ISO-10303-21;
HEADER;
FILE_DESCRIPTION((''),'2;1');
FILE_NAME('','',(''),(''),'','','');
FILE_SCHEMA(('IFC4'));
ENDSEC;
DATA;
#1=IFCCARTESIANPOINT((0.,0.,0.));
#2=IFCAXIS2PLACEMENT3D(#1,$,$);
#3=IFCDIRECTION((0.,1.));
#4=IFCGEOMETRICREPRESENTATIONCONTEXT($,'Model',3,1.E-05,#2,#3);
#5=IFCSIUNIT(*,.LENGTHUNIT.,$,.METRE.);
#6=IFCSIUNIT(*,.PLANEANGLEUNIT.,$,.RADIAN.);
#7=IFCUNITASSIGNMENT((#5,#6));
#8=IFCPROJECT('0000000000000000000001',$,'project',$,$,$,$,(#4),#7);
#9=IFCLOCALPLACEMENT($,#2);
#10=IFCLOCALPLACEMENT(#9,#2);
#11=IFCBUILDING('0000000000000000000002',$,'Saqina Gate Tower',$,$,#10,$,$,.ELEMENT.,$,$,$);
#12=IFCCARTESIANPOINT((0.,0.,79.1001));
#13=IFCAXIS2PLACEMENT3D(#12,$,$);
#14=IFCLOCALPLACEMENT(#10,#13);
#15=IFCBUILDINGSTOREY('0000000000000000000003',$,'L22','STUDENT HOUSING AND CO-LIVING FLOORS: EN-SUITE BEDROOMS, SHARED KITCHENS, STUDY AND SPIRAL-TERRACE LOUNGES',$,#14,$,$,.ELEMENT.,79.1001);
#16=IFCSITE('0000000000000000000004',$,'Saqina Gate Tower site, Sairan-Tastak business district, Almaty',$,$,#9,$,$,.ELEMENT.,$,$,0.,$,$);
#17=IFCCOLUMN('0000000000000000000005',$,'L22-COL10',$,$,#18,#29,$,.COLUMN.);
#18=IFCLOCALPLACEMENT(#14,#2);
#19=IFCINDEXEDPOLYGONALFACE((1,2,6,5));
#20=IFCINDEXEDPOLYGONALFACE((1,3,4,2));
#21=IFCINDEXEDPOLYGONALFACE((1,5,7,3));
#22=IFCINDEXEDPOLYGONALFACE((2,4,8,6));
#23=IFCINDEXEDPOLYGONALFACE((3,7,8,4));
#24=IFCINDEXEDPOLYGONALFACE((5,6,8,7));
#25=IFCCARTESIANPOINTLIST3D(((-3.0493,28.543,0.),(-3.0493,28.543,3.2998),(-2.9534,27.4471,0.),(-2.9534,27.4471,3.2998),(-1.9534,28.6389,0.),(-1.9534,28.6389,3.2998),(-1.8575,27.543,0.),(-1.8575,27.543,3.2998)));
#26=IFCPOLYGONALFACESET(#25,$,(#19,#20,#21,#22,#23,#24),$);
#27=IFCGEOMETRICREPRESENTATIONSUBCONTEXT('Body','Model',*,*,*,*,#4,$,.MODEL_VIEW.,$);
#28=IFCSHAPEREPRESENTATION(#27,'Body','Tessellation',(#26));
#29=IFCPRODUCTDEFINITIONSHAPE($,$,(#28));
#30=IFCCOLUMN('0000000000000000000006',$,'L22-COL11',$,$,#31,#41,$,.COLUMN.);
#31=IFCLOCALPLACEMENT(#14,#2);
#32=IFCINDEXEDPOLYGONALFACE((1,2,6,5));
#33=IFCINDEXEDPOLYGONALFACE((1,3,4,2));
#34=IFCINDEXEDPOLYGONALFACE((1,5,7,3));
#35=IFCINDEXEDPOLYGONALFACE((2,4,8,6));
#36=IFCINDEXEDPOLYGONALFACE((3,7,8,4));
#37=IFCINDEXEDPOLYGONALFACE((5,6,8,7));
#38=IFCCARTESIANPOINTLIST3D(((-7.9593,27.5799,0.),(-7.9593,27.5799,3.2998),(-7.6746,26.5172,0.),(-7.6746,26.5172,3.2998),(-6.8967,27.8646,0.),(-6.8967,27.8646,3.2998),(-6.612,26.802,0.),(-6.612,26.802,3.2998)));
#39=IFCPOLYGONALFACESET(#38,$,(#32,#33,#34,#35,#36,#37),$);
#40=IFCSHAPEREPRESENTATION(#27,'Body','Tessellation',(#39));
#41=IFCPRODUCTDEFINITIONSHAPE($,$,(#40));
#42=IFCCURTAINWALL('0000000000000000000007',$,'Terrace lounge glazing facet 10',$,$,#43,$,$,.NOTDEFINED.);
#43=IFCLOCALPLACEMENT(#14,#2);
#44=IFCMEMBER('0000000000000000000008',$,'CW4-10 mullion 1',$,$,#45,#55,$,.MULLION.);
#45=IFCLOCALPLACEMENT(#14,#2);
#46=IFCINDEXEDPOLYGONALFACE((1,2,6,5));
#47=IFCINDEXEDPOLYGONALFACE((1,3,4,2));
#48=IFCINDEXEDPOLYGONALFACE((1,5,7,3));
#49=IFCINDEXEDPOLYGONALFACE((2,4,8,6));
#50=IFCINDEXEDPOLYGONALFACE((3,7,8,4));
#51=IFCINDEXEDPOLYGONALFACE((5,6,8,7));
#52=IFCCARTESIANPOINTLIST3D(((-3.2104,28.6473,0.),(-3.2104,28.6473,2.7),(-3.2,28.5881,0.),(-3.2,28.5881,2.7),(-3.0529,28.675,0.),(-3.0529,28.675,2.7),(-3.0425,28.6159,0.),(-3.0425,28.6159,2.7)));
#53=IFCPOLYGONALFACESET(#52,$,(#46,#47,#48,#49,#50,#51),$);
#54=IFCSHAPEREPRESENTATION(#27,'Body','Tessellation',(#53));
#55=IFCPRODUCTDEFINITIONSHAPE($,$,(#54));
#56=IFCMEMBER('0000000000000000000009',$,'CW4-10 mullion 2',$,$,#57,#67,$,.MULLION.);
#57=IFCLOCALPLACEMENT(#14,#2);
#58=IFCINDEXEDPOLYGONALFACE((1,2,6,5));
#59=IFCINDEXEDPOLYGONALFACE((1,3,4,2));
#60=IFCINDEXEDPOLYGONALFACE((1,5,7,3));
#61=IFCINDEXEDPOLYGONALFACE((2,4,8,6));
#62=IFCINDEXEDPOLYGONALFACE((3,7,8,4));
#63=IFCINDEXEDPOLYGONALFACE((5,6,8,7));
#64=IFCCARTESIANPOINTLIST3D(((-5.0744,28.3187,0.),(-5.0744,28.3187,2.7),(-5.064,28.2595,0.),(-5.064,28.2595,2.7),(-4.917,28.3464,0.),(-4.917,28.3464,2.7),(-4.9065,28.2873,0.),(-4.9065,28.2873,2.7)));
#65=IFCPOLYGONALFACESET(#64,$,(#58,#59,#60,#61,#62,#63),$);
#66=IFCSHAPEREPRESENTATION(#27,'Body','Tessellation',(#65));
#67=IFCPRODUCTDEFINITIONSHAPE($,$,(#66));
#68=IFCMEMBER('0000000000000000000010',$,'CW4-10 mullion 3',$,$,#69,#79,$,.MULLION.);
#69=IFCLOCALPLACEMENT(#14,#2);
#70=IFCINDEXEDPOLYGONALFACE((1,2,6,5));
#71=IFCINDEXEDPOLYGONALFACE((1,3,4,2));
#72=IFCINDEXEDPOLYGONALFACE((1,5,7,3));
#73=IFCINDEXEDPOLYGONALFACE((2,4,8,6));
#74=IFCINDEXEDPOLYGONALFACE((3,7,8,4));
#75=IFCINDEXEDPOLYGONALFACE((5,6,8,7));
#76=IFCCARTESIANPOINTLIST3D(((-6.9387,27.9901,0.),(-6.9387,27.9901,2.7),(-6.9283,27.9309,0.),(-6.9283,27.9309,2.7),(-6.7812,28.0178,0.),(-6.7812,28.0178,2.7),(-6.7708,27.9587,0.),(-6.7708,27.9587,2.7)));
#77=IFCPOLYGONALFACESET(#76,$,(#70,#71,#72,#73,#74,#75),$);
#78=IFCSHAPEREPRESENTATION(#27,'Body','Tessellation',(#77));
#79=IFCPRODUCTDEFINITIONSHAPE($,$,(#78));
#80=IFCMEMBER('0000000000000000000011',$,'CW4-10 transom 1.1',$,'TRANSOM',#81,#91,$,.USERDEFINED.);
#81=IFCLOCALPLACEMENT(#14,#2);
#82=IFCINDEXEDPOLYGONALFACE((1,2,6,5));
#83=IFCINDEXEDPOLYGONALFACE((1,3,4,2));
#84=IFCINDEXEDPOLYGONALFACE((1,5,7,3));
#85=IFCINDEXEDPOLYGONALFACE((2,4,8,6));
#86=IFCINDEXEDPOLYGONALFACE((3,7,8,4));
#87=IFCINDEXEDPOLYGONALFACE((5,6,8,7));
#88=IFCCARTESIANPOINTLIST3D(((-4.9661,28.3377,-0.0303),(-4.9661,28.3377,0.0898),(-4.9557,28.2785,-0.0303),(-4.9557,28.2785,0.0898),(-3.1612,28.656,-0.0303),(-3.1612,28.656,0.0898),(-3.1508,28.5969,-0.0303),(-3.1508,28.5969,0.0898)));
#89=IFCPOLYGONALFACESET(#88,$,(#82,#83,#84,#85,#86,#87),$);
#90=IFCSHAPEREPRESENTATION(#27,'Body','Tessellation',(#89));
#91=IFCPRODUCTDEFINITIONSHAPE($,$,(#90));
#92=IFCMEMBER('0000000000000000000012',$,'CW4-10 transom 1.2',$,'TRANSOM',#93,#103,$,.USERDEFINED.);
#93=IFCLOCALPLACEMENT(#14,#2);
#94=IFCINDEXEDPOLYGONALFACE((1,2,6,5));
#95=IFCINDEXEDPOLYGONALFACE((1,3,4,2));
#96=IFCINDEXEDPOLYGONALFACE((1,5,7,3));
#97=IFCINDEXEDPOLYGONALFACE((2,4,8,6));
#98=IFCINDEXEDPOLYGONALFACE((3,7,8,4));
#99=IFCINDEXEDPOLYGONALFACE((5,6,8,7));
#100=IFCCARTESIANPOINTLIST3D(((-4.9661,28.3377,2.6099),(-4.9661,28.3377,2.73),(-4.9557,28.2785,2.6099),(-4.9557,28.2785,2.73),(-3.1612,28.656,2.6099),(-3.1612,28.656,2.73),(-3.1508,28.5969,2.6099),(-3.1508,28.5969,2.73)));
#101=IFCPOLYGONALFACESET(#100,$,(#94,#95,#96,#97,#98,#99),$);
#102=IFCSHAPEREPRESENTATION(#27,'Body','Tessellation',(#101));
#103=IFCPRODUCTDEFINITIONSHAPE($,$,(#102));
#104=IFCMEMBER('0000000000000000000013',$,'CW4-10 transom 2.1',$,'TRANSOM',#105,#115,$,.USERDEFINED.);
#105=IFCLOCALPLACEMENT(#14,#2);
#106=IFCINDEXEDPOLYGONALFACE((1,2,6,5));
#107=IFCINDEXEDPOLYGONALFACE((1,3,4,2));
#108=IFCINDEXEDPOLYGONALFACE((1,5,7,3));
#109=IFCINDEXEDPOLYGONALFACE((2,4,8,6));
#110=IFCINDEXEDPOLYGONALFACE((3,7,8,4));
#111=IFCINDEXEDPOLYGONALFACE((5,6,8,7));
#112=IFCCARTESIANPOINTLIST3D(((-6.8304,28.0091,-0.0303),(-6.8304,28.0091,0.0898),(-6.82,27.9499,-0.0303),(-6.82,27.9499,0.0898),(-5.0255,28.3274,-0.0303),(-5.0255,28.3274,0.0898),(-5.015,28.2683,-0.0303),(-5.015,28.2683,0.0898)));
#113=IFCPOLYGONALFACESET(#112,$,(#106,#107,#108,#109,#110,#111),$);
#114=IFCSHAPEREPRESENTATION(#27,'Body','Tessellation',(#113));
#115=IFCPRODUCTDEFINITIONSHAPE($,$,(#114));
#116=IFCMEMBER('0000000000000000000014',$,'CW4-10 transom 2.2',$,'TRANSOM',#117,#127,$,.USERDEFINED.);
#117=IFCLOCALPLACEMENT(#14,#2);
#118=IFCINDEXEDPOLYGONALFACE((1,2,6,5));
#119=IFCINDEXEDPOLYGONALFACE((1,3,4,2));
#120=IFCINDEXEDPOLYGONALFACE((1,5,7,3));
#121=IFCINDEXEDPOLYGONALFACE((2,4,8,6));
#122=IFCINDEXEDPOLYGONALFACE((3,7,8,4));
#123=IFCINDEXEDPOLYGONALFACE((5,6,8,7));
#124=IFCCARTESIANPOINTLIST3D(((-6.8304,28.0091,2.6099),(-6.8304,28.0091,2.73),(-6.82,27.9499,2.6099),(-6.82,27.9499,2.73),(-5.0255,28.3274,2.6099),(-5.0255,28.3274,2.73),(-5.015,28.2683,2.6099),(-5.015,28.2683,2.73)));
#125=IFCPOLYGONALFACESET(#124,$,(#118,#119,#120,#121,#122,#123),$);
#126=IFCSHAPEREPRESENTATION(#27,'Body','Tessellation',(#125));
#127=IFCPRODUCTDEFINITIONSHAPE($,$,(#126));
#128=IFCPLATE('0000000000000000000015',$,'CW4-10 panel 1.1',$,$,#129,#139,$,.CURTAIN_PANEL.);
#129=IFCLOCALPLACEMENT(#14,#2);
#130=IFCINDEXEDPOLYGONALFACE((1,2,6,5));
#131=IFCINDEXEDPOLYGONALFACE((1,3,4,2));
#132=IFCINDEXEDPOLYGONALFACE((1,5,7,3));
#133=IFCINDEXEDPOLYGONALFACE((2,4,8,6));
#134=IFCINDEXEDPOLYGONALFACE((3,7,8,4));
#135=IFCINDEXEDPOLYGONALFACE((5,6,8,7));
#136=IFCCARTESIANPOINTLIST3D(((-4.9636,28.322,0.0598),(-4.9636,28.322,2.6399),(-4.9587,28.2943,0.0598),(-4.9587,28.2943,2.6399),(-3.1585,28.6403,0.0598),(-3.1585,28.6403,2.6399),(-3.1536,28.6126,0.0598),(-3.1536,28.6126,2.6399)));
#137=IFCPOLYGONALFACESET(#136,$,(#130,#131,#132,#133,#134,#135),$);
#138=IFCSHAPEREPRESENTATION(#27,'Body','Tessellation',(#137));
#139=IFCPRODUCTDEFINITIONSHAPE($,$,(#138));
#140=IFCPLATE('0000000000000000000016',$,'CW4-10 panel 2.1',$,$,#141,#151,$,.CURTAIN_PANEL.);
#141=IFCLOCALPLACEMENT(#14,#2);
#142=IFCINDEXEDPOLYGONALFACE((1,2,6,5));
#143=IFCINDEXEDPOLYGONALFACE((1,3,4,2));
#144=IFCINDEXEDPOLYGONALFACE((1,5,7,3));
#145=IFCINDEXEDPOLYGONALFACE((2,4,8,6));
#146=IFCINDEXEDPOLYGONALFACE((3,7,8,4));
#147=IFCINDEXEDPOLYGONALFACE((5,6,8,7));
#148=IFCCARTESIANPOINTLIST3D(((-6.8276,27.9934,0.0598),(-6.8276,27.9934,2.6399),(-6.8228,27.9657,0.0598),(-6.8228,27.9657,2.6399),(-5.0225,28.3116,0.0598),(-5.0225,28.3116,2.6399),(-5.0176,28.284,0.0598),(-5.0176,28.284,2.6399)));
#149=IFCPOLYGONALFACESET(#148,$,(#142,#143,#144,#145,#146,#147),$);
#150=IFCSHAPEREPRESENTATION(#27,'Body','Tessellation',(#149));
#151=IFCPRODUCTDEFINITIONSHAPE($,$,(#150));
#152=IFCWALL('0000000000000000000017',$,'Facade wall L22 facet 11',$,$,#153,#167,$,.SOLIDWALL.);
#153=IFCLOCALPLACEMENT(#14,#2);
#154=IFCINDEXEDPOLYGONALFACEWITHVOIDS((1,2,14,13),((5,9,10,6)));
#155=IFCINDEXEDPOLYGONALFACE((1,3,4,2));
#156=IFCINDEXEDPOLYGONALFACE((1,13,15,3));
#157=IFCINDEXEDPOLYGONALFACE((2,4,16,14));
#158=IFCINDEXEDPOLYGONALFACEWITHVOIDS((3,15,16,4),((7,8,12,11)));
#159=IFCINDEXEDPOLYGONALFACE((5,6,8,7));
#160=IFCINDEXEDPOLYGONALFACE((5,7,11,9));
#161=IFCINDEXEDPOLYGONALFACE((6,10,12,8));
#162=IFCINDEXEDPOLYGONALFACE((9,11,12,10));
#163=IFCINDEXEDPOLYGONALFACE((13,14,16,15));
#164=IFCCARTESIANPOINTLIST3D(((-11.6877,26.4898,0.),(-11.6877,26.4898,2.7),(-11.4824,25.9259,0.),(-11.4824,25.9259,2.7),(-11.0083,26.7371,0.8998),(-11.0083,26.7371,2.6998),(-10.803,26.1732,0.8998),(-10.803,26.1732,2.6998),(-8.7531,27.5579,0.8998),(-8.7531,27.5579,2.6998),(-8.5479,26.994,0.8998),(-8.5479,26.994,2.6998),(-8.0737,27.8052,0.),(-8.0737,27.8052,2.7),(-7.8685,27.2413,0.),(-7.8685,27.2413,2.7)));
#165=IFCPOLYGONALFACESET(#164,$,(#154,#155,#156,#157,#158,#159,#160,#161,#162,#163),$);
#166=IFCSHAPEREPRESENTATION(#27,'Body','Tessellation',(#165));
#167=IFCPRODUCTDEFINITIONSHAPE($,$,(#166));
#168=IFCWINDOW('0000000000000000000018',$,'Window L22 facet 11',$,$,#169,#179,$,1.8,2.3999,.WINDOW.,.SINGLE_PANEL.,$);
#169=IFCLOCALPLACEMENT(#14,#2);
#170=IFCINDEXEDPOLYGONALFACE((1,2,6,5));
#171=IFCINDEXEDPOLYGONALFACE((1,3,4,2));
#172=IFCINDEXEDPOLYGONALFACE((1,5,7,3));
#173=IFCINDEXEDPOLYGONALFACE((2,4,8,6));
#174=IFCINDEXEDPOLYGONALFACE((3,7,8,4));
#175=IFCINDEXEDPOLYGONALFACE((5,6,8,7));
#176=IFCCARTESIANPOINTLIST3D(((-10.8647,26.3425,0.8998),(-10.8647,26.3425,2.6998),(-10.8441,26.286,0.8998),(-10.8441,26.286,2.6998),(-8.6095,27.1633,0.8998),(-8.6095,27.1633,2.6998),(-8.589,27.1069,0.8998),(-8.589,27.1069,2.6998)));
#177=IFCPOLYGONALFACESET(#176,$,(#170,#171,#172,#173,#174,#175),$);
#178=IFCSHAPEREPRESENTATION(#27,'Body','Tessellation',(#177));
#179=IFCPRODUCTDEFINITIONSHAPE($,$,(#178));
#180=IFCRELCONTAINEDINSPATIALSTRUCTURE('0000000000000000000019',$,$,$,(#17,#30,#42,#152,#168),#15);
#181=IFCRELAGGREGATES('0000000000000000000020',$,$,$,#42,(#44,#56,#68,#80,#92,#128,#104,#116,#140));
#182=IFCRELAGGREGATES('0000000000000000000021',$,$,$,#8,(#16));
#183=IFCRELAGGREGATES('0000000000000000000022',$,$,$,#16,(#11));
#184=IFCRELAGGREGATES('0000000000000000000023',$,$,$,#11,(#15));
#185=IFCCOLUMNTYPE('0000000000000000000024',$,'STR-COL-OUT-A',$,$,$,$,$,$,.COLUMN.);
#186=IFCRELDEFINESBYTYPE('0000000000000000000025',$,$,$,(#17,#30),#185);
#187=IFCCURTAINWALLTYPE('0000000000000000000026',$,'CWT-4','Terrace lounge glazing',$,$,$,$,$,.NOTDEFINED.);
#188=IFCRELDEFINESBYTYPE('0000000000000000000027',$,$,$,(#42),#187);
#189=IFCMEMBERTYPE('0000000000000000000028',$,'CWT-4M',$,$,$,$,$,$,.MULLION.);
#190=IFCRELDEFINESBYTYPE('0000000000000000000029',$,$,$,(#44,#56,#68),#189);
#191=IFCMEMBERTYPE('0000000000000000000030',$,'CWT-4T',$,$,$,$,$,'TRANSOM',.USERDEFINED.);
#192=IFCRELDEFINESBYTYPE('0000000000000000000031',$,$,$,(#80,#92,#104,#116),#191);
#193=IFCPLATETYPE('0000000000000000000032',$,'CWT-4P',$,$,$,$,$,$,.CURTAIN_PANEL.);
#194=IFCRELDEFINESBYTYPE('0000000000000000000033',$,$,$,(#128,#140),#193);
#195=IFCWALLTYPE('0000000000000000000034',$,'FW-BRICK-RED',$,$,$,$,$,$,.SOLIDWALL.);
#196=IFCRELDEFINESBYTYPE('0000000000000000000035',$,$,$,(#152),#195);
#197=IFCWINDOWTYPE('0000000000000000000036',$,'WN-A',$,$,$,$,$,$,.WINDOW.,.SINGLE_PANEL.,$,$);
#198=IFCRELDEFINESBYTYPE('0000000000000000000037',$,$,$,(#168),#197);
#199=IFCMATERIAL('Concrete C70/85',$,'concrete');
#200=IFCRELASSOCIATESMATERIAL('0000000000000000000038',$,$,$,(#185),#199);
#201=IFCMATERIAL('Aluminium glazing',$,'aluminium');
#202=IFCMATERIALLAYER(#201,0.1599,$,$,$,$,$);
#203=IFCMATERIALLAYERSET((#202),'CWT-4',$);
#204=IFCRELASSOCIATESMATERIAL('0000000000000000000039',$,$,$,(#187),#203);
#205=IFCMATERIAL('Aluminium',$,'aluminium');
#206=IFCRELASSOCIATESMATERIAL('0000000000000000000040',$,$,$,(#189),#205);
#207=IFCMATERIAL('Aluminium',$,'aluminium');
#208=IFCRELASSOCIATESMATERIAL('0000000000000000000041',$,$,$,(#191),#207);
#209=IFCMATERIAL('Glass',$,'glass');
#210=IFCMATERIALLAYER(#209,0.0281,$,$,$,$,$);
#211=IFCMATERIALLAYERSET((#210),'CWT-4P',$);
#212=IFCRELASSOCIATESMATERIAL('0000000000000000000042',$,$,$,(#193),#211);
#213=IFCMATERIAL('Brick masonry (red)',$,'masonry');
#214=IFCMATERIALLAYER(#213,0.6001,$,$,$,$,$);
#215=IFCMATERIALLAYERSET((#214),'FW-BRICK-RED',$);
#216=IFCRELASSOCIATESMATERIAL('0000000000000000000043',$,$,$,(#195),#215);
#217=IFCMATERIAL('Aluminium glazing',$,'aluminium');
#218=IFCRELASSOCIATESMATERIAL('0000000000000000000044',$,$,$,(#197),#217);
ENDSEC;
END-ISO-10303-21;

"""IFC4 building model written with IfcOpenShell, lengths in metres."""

from ifc_helpers import new_model, si_unit, direction, frame, frame_2d, origin, origin_2d, place, context, subcontext, project, spatial, rectangle, extrude, material, layer, layer_set, material_profile, profile_set, type_object, element, fill, aggregate, save


model = new_model("IFC4")

# Units and contexts
model_context = context("Model", 3, precision=1e-05, world=origin(), true_north=direction((0.0, 1.0)))
body_context = subcontext(model_context, "Body", "Model", "MODEL_VIEW")
ifc_project = project(units=[si_unit("LENGTHUNIT", "METRE"), si_unit("PLANEANGLEUNIT", "RADIAN")], contexts=[model_context])

# Site, building, storey
site_placement = place(None, origin())
site = spatial("IfcSite", under=ifc_project, at=site_placement, Name="Saqina Gate Tower site, Sairan-Tastak business district, Almaty", CompositionType="ELEMENT", RefElevation=0.0)
building_placement = place(site_placement, origin())
building = spatial("IfcBuilding", under=site, at=building_placement, Name="Saqina Gate Tower", CompositionType="ELEMENT")
storey_placement = place(building_placement, frame((0.0, 0.0, 79.1001)))
storey = spatial("IfcBuildingStorey", under=building, at=storey_placement, Name="L22", Description="STUDENT HOUSING AND CO-LIVING FLOORS: EN-SUITE BEDROOMS, SHARED KITCHENS, STUDY AND SPIRAL-TERRACE LOUNGES", CompositionType="ELEMENT", Elevation=79.1001)

# Columns
ifc_material_1 = material(Name="Concrete C70/85", Category="concrete")
ifc_material_profile_1 = material_profile(ifc_material_1, rectangle(XDim=1.1001, YDim=1.1001, at=origin_2d()), Name="RC 1100x1100")
ifc_profile_set_1 = profile_set([ifc_material_profile_1], Name="Concrete C70/85")
column_type = type_object("IfcColumnType", Name="STR-COL-OUT-A", PredefinedType="COLUMN", material=ifc_profile_set_1)
for number, where, z_axis, x_axis, name in (
    (1, (-2.4534, 28.043, 0.0), (0.0, 0.0, 1.0), (-0.087156, 0.996195, 0.0), "L22-COL10"),
    (2, (-7.2856, 27.1909, 0.0), (0.0, 0.0, 1.0), (-0.258819, 0.965926, 0.0), "L22-COL11"),
):
    element("IfcColumn", number, at=place(storey_placement, frame(where, z_axis=z_axis, x_axis=x_axis)), inside=storey, type_object=column_type, Name=name, PredefinedType="COLUMN", context=body_context, shape_type="SweptSolid", body=[
        extrude(rectangle(XDim=1.1001, YDim=1.1001, at=origin_2d()), origin(), (0.0, 0.0, 1.0), 3.2998),
    ])

# Curtain wall, members, plates
ifc_material_2 = material(Name="Aluminium glazing", Category="aluminium")
ifc_layer_1 = layer(ifc_material_2, 0.1599)
ifc_layer_set_1 = layer_set([ifc_layer_1], Name="CWT-4")
curtain_wall_type = type_object("IfcCurtainWallType", Name="CWT-4", Description="Terrace lounge glazing", PredefinedType="NOTDEFINED", material=ifc_layer_set_1)
curtain_wall_placement = place(storey_placement, origin())
curtain_wall = element("IfcCurtainWall", 3, at=curtain_wall_placement, inside=storey, type_object=curtain_wall_type, Name="Terrace lounge glazing facet 10", PredefinedType="NOTDEFINED")
ifc_material_3 = material(Name="Aluminium", Category="aluminium")
ifc_material_profile_2 = material_profile(ifc_material_3, rectangle(XDim=0.0601, YDim=0.1599, at=origin_2d()), Name="Aluminium 60x160")
ifc_profile_set_2 = profile_set([ifc_material_profile_2], Name="Aluminium")
member_type_1 = type_object("IfcMemberType", Name="CWT-4M", PredefinedType="MULLION", material=ifc_profile_set_2)
member_1_placement = place(storey_placement, frame((-3.1265, 28.6316, 0.0), z_axis=(0.0, 0.0, 1.0), x_axis=(0.173643, -0.984809, 0.0)))
member_1 = element("IfcMember", 4, at=member_1_placement, type_object=member_type_1, Name="CW4-10 mullion 1", PredefinedType="MULLION", context=body_context, shape_type="SweptSolid", body=[
    extrude(rectangle(XDim=0.0601, YDim=0.1599, at=origin_2d()), origin(), (0.0, 0.0, 1.0), 2.7),
])
member_2_placement = place(storey_placement, frame((-4.9905, 28.303, 0.0), z_axis=(0.0, 0.0, 1.0), x_axis=(0.173643, -0.984809, 0.0)))
member_2 = element("IfcMember", 5, at=member_2_placement, type_object=member_type_1, Name="CW4-10 mullion 2", PredefinedType="MULLION", context=body_context, shape_type="SweptSolid", body=[
    extrude(rectangle(XDim=0.0601, YDim=0.1599, at=origin_2d()), origin(), (0.0, 0.0, 1.0), 2.7),
])
member_3_placement = place(storey_placement, frame((-6.8547, 27.9744, 0.0), z_axis=(0.0, 0.0, 1.0), x_axis=(0.173643, -0.984809, 0.0)))
member_3 = element("IfcMember", 6, at=member_3_placement, type_object=member_type_1, Name="CW4-10 mullion 3", PredefinedType="MULLION", context=body_context, shape_type="SweptSolid", body=[
    extrude(rectangle(XDim=0.0601, YDim=0.1599, at=origin_2d()), origin(), (0.0, 0.0, 1.0), 2.7),
])
ifc_material_4 = material(Name="Aluminium", Category="aluminium")
ifc_material_profile_3 = material_profile(ifc_material_4, rectangle(XDim=0.0601, YDim=0.1201, at=origin_2d()), Name="Aluminium 60x120")
ifc_profile_set_3 = profile_set([ifc_material_profile_3], Name="Aluminium")
member_type_2 = type_object("IfcMemberType", Name="CWT-4T", ElementType="TRANSOM", PredefinedType="USERDEFINED", material=ifc_profile_set_3)
member_4_placement = place(storey_placement, frame((-3.156, 28.6265, 0.0298), z_axis=(-0.984798, -0.173702, 0.0), x_axis=(0.173702, -0.984798, 0.0)))
member_4 = element("IfcMember", 7, at=member_4_placement, type_object=member_type_2, Name="CW4-10 transom 1.1", ObjectType="TRANSOM", PredefinedType="USERDEFINED", context=body_context, shape_type="SweptSolid", body=[
    extrude(rectangle(XDim=0.0601, YDim=0.1201, at=origin_2d()), origin(), (0.0, 0.0, 1.0), 1.8328),
])
member_5_placement = place(storey_placement, frame((-3.156, 28.6265, 2.6699), z_axis=(-0.984798, -0.173702, 0.0), x_axis=(0.173702, -0.984798, 0.0)))
member_5 = element("IfcMember", 8, at=member_5_placement, type_object=member_type_2, Name="CW4-10 transom 1.2", ObjectType="TRANSOM", PredefinedType="USERDEFINED", context=body_context, shape_type="SweptSolid", body=[
    extrude(rectangle(XDim=0.0601, YDim=0.1201, at=origin_2d()), origin(), (0.0, 0.0, 1.0), 1.8328),
])
member_6_placement = place(storey_placement, frame((-5.0203, 28.2979, 0.0298), z_axis=(-0.984798, -0.173702, 0.0), x_axis=(0.173702, -0.984798, 0.0)))
member_6 = element("IfcMember", 9, at=member_6_placement, type_object=member_type_2, Name="CW4-10 transom 2.1", ObjectType="TRANSOM", PredefinedType="USERDEFINED", context=body_context, shape_type="SweptSolid", body=[
    extrude(rectangle(XDim=0.0601, YDim=0.1201, at=origin_2d()), origin(), (0.0, 0.0, 1.0), 1.8328),
])
member_7_placement = place(storey_placement, frame((-5.0203, 28.2979, 2.6699), z_axis=(-0.984798, -0.173702, 0.0), x_axis=(0.173702, -0.984798, 0.0)))
member_7 = element("IfcMember", 10, at=member_7_placement, type_object=member_type_2, Name="CW4-10 transom 2.2", ObjectType="TRANSOM", PredefinedType="USERDEFINED", context=body_context, shape_type="SweptSolid", body=[
    extrude(rectangle(XDim=0.0601, YDim=0.1201, at=origin_2d()), origin(), (0.0, 0.0, 1.0), 1.8328),
])
ifc_material_5 = material(Name="Glass", Category="glass")
ifc_layer_2 = layer(ifc_material_5, 0.0281)
ifc_layer_set_2 = layer_set([ifc_layer_2], Name="CWT-4P")
plate_type = type_object("IfcPlateType", Name="CWT-4P", PredefinedType="CURTAIN_PANEL", material=ifc_layer_set_2)
plate_1_placement = place(storey_placement, frame((-4.0586, 28.4673, 0.0598), z_axis=(0.0, 0.0, 1.0), x_axis=(-0.984809, -0.173643, 0.0)))
plate_1 = element("IfcPlate", 11, at=plate_1_placement, type_object=plate_type, Name="CW4-10 panel 1.1", PredefinedType="CURTAIN_PANEL", context=body_context, shape_type="SweptSolid", body=[
    extrude(rectangle(XDim=1.833, YDim=0.0281, at=origin_2d()), origin(), (0.0, 0.0, 1.0), 2.5801),
])
plate_2_placement = place(storey_placement, frame((-5.9226, 28.1387, 0.0598), z_axis=(0.0, 0.0, 1.0), x_axis=(-0.984809, -0.173643, 0.0)))
plate_2 = element("IfcPlate", 12, at=plate_2_placement, type_object=plate_type, Name="CW4-10 panel 2.1", PredefinedType="CURTAIN_PANEL", context=body_context, shape_type="SweptSolid", body=[
    extrude(rectangle(XDim=1.833, YDim=0.0281, at=origin_2d()), origin(), (0.0, 0.0, 1.0), 2.5801),
])
aggregate(curtain_wall, [member_1, member_2, member_3, member_4, member_5, plate_1, member_6, member_7, plate_2])

# Wall, opening, window
ifc_material_6 = material(Name="Brick masonry (red)", Category="masonry")
ifc_layer_3 = layer(ifc_material_6, 0.6001)
ifc_layer_set_3 = layer_set([ifc_layer_3], Name="FW-BRICK-RED")
wall_type_1 = type_object("IfcWallType", Name="FW-BRICK-RED", PredefinedType="SOLIDWALL", material=ifc_layer_set_3)
wall_1_placement = place(storey_placement, frame((-7.9712, 27.5232, 0.0), z_axis=(0.0, 0.0, 1.0), x_axis=(-0.93969, -0.342028, 0.0)))
wall_1 = element("IfcWall", 13, at=wall_1_placement, inside=storey, type_object=wall_type_1, Name="Facade wall L22 facet 11", PredefinedType="SOLIDWALL", context=body_context, shape_type="SweptSolid", body=[
    extrude(rectangle(XDim=3.8459, YDim=0.6001, at=frame_2d((1.9229, 0.0))), origin(), (0.0, 0.0, 1.0), 2.7),
])
opening_1_placement = place(wall_1_placement, frame((0.7229, 0.0, 0.8999)))
opening_1 = element("IfcOpeningElement", 14, at=opening_1_placement, cuts=wall_1, PredefinedType="OPENING", context=body_context, shape_type="SweptSolid", body=[
    extrude(rectangle(XDim=2.3999, YDim=1.8, at=frame_2d((1.2, 0.8999))), frame((0.0, 0.312, 0.0), z_axis=(0.0, -1.0, 0.0), x_axis=(1.0, 0.0, 0.0)), (0.0, 0.0, 1.0), 0.624),
])
ifc_material_7 = material(Name="Aluminium glazing", Category="aluminium")
window_type = type_object("IfcWindowType", Name="WN-A", PartitioningType="SINGLE_PANEL", PredefinedType="WINDOW", material=ifc_material_7)
window_placement = place(opening_1_placement, origin())
window = element("IfcWindow", 15, at=window_placement, inside=storey, type_object=window_type, Name="Window L22 facet 11", OverallHeight=1.8, OverallWidth=2.3999, PartitioningType="SINGLE_PANEL", PredefinedType="WINDOW", context=body_context, shape_type="SweptSolid", body=[
    extrude(rectangle(XDim=2.3999, YDim=1.8, at=frame_2d((1.2, 0.8999))), frame((0.0, 0.1799, 0.0), z_axis=(0.0, -1.0, 0.0), x_axis=(1.0, 0.0, 0.0)), (0.0, 0.0, 1.0), 0.0601),
])
fill(opening_1, window)

save(model, "model.ifc")
